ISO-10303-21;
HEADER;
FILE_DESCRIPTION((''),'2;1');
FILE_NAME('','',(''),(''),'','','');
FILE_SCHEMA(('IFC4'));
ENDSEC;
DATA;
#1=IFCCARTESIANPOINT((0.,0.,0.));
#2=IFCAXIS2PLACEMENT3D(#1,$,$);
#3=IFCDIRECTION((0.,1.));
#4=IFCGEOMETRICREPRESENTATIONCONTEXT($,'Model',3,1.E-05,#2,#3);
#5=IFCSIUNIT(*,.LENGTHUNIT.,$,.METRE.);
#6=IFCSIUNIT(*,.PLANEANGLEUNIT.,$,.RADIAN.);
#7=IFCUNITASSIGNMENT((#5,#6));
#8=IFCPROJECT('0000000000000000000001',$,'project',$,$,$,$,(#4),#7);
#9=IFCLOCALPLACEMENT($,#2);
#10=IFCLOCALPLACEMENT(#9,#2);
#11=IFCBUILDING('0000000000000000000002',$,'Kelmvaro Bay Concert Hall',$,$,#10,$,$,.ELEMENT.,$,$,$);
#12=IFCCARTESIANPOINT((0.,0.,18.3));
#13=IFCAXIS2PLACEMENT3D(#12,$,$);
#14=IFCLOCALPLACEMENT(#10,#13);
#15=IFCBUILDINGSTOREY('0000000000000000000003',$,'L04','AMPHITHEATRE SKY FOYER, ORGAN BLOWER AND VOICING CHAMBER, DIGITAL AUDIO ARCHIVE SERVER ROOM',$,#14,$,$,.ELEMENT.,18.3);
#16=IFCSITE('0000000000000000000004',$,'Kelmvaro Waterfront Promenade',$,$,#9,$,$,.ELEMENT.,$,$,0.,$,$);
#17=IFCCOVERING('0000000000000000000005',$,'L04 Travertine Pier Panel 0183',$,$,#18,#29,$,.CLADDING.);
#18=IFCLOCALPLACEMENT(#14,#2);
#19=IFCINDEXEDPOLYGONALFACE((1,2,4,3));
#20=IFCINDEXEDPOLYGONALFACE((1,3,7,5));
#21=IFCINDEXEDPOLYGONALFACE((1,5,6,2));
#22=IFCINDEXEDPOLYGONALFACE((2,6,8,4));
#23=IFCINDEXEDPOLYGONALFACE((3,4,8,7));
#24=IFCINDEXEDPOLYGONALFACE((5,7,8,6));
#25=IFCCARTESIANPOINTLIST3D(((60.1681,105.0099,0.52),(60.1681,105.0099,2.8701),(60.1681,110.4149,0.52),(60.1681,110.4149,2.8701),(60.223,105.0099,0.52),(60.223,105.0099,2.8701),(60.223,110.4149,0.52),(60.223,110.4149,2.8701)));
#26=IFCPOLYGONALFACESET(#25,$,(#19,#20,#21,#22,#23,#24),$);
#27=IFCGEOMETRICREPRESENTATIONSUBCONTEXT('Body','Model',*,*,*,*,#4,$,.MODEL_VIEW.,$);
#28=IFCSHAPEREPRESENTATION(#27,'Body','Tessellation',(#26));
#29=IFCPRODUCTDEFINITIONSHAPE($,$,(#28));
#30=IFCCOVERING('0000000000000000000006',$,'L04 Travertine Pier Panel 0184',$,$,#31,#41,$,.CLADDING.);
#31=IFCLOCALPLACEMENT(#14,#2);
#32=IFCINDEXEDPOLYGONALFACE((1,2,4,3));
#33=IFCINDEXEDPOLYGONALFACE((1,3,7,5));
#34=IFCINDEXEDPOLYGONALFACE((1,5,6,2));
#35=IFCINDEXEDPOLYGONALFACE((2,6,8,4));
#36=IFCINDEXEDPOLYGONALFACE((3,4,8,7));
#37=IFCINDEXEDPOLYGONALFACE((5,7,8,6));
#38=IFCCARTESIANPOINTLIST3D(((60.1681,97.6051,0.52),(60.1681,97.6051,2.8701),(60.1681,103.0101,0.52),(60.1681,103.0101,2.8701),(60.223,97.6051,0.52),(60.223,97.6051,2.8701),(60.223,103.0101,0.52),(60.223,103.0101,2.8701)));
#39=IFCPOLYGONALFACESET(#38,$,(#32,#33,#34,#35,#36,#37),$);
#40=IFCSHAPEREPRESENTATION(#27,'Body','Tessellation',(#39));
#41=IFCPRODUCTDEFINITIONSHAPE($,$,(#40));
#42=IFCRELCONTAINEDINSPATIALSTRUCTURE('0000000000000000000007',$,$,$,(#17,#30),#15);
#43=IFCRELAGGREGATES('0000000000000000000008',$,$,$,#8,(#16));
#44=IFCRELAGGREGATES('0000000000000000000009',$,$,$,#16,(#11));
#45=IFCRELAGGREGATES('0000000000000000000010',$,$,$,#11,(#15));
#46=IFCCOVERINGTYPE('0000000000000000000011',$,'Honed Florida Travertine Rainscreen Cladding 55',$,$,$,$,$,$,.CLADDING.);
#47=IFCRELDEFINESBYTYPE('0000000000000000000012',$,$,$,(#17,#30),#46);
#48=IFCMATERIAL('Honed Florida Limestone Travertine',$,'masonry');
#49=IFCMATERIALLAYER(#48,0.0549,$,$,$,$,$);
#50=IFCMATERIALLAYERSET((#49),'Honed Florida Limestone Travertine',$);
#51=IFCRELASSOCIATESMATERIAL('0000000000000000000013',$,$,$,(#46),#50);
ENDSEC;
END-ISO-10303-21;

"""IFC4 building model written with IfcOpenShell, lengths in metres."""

from ifc_helpers import new_model, si_unit, direction, frame, origin, origin_2d, place, context, subcontext, project, spatial, rectangle, extrude, material, layer, layer_set, type_object, element, save


model = new_model("IFC4")

# Units and contexts
model_context = context("Model", 3, precision=1e-05, world=origin(), true_north=direction((0.0, 1.0)))
body_context = subcontext(model_context, "Body", "Model", "MODEL_VIEW")
ifc_project = project(units=[si_unit("LENGTHUNIT", "METRE"), si_unit("PLANEANGLEUNIT", "RADIAN")], contexts=[model_context])

# Site, building, storey
site_placement = place(None, origin())
site = spatial("IfcSite", under=ifc_project, at=site_placement, Name="Kelmvaro Waterfront Promenade", CompositionType="ELEMENT", RefElevation=0.0)
building_placement = place(site_placement, origin())
building = spatial("IfcBuilding", under=site, at=building_placement, Name="Kelmvaro Bay Concert Hall", CompositionType="ELEMENT")
storey_placement = place(building_placement, frame((0.0, 0.0, 18.3)))
storey = spatial("IfcBuildingStorey", under=building, at=storey_placement, Name="L04", Description="AMPHITHEATRE SKY FOYER, ORGAN BLOWER AND VOICING CHAMBER, DIGITAL AUDIO ARCHIVE SERVER ROOM", CompositionType="ELEMENT", Elevation=18.3)

# Coverings
ifc_material_1 = material(Name="Honed Florida Limestone Travertine", Category="masonry")
ifc_layer_1 = layer(ifc_material_1, 0.0549)
ifc_layer_set_1 = layer_set([ifc_layer_1], Name="Honed Florida Limestone Travertine")
covering_type = type_object("IfcCoveringType", Name="Honed Florida Travertine Rainscreen Cladding 55", PredefinedType="CLADDING", material=ifc_layer_set_1)
for number, where, z_axis, x_axis, name in (
    (1, (60.1956, 107.7124, 0.52), (0.0, 0.0, 1.0), (0.0, -1.0, 0.0), "L04 Travertine Pier Panel 0183"),
    (2, (60.1956, 100.3076, 0.52), (0.0, 0.0, 1.0), (0.0, -1.0, 0.0), "L04 Travertine Pier Panel 0184"),
):
    element("IfcCovering", number, at=place(storey_placement, frame(where, z_axis=z_axis, x_axis=x_axis)), inside=storey, type_object=covering_type, Name=name, PredefinedType="CLADDING", context=body_context, shape_type="SweptSolid", body=[
        extrude(rectangle(XDim=5.405, YDim=0.0549, at=origin_2d()), origin(), (0.0, 0.0, 1.0), 2.3501),
    ])

save(model, "model.ifc")
